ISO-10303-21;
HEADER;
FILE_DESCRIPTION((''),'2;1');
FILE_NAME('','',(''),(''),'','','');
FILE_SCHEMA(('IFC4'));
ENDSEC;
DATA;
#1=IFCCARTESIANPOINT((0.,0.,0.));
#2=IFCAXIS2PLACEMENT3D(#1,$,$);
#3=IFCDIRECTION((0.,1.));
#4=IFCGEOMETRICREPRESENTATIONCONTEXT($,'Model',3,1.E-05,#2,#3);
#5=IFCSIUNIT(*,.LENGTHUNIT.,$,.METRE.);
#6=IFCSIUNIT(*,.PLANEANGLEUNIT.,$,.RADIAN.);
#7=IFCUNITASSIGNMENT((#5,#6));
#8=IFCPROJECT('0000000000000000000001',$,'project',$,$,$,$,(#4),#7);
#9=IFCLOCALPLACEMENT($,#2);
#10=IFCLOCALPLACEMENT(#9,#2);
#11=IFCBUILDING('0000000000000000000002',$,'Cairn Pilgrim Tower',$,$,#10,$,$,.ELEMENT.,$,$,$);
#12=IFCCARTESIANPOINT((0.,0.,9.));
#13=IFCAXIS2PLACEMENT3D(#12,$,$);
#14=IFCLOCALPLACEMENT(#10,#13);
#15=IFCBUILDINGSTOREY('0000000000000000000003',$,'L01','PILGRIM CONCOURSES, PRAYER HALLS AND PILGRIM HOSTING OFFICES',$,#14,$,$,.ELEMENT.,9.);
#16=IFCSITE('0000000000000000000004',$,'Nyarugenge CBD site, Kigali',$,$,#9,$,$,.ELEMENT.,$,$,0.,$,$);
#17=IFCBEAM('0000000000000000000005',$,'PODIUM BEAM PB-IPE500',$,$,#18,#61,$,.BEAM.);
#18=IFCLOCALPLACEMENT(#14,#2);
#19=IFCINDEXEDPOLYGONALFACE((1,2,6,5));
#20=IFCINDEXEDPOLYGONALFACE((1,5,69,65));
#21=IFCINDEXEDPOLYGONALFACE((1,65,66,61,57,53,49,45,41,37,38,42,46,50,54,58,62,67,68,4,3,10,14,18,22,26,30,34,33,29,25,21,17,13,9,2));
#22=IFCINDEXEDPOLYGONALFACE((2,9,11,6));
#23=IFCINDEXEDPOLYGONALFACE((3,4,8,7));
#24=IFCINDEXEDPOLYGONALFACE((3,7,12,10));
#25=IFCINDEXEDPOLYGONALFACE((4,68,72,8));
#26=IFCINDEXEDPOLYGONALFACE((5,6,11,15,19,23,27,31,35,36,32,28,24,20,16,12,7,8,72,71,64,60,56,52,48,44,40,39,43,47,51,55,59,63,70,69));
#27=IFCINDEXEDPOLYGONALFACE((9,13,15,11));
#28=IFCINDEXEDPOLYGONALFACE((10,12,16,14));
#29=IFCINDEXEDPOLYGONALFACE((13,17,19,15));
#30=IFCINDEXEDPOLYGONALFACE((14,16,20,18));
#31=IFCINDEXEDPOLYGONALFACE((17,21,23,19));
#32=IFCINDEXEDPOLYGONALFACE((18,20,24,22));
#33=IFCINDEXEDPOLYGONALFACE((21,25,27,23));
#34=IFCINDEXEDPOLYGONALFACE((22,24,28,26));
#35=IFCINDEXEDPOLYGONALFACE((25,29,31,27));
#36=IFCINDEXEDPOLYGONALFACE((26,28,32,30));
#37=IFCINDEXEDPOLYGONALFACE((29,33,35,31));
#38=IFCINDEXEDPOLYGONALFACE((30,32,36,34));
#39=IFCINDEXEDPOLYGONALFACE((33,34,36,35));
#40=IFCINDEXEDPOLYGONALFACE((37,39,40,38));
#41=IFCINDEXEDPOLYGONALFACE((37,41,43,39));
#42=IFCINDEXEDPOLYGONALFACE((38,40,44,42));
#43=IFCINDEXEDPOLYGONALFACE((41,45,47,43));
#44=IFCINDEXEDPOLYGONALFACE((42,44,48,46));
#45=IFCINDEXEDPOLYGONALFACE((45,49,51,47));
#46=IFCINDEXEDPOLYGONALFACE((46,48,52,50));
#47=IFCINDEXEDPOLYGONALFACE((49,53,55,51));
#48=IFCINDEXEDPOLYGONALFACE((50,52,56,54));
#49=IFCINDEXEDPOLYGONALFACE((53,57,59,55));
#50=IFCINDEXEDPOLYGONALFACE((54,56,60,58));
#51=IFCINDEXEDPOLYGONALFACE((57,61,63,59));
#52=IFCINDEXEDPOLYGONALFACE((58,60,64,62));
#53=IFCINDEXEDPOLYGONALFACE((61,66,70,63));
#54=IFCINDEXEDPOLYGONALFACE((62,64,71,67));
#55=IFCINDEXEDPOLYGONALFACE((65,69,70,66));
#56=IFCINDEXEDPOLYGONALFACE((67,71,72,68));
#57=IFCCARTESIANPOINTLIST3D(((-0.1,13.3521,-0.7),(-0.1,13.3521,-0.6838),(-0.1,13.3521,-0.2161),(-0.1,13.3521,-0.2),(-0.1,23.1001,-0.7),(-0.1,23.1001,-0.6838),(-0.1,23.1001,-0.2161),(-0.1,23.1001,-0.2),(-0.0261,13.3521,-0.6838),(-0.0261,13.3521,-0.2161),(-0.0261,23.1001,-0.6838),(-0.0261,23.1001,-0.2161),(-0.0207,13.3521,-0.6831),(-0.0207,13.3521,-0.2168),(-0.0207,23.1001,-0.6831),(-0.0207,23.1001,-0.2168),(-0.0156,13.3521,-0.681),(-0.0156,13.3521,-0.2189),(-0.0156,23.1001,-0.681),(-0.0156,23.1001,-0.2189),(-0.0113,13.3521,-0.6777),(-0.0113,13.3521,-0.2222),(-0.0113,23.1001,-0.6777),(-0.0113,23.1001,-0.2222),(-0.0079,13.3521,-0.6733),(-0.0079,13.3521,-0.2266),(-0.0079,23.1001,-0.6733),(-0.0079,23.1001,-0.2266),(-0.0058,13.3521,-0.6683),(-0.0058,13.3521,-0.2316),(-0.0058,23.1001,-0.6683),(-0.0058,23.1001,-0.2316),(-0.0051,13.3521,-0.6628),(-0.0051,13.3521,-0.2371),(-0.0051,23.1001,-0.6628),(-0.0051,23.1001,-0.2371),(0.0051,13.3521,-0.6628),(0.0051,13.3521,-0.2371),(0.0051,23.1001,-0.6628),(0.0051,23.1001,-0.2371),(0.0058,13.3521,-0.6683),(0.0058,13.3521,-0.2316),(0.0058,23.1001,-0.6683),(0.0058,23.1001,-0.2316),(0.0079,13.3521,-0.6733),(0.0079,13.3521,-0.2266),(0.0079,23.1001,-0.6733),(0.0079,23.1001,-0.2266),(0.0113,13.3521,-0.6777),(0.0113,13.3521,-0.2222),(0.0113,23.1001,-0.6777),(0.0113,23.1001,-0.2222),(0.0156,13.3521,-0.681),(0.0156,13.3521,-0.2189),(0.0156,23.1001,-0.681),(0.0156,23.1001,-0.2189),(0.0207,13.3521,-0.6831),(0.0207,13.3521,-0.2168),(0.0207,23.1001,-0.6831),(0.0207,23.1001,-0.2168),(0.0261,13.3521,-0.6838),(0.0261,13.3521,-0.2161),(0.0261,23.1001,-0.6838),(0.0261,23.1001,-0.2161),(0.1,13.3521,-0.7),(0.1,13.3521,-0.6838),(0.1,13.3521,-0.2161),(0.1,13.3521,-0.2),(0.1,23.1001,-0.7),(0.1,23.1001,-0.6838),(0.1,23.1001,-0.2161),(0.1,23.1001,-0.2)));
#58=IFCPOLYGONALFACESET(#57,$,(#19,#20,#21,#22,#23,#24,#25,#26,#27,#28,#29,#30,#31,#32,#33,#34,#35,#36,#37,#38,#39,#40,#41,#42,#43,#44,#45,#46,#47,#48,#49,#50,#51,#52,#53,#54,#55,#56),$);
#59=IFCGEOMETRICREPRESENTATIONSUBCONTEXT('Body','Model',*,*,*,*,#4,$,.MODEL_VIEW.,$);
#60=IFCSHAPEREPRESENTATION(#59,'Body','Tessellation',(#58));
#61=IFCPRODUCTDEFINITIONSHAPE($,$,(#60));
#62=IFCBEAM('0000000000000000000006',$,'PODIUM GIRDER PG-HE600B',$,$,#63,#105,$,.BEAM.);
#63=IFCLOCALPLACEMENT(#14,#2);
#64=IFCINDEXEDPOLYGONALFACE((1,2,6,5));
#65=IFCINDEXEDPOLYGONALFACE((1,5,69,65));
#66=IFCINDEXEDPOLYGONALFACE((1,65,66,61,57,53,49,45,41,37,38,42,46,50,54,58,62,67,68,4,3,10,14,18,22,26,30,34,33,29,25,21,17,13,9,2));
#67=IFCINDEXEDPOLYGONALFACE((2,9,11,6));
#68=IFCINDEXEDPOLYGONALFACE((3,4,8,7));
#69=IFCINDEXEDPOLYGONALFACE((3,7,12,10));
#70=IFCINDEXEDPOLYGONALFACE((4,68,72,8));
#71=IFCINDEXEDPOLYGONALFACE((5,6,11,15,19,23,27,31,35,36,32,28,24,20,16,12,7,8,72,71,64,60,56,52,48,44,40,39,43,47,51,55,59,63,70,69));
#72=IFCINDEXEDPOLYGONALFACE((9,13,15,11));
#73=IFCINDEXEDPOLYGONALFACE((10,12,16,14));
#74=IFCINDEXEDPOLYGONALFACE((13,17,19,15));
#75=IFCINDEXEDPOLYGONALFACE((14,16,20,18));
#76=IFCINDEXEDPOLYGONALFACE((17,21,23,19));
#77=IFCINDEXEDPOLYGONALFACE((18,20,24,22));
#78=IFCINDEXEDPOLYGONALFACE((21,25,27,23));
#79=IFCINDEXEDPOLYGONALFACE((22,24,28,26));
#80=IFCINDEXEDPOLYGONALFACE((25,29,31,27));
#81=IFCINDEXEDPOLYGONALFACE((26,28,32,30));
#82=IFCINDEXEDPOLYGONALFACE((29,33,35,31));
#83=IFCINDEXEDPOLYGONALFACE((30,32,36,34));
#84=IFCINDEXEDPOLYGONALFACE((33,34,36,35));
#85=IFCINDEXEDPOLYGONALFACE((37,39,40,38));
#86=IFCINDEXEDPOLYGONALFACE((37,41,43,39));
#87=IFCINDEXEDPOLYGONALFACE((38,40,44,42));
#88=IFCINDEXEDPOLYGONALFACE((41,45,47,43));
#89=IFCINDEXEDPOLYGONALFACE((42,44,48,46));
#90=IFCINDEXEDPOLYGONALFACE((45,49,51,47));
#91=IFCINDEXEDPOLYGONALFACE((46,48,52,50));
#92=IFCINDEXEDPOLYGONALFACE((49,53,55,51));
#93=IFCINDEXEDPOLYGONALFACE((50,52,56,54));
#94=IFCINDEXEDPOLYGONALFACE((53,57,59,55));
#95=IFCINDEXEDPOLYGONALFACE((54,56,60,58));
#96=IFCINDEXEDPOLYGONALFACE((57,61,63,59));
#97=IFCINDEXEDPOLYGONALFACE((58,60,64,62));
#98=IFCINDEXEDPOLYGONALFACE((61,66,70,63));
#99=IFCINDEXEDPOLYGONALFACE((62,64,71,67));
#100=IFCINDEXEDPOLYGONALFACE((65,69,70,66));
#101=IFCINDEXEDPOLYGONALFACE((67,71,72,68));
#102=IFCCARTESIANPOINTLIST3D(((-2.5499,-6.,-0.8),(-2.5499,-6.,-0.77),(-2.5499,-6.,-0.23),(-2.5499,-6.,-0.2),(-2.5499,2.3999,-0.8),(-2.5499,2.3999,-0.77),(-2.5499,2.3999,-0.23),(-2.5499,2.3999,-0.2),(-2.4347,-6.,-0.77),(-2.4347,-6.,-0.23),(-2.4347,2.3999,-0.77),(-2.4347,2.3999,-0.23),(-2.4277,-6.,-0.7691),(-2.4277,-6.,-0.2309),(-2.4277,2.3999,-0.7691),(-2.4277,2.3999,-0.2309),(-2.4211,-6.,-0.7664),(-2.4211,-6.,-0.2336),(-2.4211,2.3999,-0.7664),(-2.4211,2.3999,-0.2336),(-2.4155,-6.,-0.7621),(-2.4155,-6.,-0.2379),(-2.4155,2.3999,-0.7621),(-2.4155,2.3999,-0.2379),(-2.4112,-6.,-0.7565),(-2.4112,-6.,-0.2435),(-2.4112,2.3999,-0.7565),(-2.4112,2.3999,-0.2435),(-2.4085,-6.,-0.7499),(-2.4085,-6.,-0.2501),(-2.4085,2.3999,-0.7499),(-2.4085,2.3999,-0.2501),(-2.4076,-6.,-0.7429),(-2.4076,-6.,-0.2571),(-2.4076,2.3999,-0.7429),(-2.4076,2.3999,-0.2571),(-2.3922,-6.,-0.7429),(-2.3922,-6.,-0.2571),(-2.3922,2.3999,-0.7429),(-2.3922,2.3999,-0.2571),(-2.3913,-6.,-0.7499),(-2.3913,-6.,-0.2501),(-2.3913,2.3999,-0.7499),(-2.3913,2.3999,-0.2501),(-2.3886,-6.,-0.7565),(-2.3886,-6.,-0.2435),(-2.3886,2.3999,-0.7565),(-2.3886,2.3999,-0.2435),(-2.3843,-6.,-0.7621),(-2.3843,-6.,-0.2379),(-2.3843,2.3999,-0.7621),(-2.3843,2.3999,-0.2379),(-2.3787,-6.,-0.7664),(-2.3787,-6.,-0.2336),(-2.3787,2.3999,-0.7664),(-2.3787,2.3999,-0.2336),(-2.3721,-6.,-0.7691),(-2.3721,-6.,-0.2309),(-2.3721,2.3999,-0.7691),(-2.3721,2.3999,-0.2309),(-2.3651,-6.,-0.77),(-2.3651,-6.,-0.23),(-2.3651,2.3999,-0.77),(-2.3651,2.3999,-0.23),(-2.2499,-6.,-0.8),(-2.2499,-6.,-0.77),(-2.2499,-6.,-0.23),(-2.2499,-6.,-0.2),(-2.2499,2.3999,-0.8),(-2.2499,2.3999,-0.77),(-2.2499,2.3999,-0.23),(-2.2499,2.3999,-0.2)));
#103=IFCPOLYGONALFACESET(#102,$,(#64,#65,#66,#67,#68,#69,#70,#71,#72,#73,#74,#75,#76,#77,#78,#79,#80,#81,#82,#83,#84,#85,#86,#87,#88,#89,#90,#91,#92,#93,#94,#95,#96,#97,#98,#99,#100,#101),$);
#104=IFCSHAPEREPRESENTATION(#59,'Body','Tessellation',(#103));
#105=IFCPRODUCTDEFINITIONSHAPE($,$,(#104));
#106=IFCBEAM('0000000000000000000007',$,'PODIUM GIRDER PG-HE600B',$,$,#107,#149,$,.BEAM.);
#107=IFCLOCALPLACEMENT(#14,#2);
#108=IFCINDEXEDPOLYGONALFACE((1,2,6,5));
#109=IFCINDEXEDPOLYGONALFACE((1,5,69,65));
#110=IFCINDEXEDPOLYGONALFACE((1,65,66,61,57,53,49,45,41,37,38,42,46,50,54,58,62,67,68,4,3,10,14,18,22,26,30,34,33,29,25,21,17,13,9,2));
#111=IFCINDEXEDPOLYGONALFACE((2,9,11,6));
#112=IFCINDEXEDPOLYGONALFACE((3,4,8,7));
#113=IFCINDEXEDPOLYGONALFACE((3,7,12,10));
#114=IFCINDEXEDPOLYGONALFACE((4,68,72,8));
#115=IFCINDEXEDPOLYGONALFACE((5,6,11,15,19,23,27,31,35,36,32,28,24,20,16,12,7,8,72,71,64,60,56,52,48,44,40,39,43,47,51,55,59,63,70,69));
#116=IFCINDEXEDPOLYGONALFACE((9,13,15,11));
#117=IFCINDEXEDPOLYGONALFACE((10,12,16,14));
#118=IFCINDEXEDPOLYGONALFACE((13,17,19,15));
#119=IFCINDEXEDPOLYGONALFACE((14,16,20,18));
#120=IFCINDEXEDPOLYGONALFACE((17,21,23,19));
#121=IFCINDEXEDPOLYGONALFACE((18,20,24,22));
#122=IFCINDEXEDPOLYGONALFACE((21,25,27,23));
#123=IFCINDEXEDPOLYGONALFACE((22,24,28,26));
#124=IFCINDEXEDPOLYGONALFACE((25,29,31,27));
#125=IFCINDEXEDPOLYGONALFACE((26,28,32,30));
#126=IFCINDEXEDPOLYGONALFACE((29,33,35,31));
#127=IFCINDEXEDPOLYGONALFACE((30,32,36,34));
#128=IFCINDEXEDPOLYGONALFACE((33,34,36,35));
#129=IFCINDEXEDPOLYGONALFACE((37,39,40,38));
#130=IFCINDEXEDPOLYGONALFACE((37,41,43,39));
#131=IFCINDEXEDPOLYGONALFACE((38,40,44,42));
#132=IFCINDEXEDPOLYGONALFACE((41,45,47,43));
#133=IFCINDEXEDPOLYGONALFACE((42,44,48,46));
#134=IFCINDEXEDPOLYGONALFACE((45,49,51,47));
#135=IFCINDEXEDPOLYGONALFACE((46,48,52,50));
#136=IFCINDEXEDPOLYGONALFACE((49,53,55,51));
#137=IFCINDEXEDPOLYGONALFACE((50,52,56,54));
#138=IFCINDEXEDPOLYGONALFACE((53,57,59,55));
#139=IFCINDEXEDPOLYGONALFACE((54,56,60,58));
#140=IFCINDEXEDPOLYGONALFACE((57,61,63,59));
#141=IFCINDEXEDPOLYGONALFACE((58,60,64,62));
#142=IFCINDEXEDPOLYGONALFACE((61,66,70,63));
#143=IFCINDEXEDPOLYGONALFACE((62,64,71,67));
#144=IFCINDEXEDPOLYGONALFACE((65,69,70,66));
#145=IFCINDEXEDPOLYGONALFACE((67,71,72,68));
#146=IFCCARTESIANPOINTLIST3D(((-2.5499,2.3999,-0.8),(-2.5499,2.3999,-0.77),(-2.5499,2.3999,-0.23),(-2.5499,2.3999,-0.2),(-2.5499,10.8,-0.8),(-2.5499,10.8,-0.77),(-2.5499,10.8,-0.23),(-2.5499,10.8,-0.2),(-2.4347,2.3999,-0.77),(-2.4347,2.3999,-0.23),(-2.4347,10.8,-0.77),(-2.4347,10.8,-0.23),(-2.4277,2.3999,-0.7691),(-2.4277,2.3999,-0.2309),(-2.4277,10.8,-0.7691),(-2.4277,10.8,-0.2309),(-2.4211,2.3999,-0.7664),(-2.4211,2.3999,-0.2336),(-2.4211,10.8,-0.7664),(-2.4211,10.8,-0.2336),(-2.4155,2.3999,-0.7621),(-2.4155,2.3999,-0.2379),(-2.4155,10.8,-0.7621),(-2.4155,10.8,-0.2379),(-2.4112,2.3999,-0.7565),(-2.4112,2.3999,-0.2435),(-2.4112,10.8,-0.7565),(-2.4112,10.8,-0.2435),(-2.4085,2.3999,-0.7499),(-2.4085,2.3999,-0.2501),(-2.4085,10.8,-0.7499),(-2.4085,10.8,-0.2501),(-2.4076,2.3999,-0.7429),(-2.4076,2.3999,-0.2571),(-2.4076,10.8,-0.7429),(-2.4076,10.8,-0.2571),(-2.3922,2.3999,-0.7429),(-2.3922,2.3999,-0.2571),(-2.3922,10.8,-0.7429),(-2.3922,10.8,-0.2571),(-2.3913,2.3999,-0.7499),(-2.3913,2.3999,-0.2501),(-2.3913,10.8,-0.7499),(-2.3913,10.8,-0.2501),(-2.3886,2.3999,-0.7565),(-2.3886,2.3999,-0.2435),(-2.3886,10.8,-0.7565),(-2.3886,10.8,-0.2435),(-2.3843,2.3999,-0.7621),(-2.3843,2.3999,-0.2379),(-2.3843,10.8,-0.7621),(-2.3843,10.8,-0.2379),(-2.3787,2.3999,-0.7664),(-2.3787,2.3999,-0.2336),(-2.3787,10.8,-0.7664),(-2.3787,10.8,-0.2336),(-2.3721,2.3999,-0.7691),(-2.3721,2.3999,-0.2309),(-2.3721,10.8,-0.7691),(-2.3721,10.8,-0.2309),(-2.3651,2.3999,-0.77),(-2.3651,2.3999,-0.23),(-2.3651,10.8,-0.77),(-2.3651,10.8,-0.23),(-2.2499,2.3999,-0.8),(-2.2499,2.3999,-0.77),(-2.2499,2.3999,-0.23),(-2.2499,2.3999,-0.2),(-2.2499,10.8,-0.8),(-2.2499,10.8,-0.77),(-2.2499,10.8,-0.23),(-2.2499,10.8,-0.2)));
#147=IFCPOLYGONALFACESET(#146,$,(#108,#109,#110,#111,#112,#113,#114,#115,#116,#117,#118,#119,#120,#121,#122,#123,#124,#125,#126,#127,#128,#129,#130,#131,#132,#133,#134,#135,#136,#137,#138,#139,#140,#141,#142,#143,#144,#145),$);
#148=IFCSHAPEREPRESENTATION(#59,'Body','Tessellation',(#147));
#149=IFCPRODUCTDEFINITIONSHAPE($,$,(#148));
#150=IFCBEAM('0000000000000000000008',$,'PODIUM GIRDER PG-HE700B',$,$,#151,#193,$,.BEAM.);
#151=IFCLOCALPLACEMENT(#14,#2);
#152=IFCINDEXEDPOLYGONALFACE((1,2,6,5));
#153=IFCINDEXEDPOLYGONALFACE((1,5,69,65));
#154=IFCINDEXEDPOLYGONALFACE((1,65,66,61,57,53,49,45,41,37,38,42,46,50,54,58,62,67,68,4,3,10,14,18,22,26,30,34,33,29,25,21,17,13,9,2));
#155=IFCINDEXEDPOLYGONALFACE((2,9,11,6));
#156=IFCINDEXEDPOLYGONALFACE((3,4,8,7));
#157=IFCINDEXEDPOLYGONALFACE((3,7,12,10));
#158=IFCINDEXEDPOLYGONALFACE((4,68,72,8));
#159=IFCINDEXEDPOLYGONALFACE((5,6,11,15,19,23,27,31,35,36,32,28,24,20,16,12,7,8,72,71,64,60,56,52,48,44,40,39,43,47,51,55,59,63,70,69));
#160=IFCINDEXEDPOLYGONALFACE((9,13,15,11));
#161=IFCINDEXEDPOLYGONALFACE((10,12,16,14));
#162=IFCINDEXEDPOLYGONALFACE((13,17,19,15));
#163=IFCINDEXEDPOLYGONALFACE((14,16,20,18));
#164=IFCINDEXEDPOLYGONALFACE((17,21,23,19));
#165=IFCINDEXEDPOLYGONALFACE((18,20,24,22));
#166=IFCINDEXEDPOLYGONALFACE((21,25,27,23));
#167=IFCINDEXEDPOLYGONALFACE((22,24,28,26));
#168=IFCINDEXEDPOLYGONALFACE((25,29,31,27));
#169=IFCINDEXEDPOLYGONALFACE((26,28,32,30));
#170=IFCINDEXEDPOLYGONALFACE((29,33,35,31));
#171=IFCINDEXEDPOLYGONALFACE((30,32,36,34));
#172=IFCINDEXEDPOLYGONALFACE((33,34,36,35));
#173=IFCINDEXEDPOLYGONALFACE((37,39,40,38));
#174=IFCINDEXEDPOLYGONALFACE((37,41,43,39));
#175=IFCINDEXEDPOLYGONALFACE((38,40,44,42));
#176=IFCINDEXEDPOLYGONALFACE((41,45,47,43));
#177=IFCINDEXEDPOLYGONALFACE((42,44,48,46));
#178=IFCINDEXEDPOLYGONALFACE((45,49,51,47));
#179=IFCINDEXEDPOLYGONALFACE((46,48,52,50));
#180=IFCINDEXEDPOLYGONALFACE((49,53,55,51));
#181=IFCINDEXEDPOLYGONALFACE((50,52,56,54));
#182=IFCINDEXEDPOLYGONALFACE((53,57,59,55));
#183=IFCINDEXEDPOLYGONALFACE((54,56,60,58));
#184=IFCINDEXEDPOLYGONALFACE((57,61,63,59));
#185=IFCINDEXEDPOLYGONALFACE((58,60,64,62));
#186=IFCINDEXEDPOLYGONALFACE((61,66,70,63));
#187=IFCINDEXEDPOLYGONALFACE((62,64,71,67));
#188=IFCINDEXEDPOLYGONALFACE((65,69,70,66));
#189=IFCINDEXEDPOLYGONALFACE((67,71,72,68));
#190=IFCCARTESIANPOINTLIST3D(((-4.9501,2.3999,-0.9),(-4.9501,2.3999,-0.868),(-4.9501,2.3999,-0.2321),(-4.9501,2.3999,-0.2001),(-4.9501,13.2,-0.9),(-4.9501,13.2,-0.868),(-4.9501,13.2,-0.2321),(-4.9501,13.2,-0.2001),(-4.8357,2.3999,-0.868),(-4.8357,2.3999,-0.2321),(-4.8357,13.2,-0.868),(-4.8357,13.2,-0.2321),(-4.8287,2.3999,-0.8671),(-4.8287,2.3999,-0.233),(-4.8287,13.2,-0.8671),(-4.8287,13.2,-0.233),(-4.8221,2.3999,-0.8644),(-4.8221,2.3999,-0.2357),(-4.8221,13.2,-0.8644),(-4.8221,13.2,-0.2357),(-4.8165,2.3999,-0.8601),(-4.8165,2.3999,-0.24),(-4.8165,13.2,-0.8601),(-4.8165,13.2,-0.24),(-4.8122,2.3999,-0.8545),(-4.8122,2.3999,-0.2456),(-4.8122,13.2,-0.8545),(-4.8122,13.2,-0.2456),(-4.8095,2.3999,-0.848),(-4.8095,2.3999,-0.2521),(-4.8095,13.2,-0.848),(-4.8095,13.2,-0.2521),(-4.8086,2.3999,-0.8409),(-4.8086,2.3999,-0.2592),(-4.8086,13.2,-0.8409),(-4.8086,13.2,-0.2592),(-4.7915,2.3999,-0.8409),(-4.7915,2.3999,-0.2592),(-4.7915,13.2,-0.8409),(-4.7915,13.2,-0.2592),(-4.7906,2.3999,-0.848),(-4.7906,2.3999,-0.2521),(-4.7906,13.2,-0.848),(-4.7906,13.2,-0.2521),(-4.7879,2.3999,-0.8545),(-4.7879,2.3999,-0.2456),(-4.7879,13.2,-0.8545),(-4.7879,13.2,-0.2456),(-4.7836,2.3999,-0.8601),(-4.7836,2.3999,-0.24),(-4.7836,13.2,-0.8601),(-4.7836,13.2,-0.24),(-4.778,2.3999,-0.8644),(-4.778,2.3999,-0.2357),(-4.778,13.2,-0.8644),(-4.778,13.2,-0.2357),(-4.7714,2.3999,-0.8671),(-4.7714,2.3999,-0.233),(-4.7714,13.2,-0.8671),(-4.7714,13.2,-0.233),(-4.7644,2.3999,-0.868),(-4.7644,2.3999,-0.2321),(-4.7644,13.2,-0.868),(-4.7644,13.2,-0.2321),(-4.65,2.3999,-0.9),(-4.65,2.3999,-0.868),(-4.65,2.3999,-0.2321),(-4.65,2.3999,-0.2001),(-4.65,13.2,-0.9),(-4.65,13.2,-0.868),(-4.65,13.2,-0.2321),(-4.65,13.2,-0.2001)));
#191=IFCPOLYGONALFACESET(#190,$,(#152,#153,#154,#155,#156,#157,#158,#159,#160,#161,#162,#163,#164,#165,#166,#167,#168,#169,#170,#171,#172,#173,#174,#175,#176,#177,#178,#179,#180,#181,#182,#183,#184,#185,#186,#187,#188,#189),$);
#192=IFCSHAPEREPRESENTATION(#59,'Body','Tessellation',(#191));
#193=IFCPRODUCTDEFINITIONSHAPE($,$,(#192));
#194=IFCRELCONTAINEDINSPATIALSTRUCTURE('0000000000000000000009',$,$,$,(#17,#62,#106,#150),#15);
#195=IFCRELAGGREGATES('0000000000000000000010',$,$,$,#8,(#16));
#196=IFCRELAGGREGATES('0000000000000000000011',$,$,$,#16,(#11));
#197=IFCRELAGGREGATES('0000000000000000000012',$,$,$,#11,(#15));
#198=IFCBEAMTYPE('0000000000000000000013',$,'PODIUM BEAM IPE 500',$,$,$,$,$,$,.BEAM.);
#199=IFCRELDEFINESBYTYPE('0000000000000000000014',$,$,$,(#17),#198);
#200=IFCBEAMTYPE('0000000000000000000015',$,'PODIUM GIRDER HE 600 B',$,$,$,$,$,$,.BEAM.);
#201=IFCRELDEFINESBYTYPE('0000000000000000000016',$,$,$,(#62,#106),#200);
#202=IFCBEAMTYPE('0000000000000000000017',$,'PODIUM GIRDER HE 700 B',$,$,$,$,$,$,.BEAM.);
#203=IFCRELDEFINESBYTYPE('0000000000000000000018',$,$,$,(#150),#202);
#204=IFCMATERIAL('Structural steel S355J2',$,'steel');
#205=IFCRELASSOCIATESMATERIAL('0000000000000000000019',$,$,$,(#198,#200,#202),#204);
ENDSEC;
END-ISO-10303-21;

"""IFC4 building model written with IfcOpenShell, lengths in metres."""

from ifc_helpers import new_model, si_unit, direction, frame, origin, origin_2d, place, context, subcontext, project, spatial, i_section, extrude, material, material_profile, profile_set, type_object, element, save


model = new_model("IFC4")

# Units and contexts
model_context = context("Model", 3, precision=1e-05, world=origin(), true_north=direction((0.0, 1.0)))
body_context = subcontext(model_context, "Body", "Model", "MODEL_VIEW")
ifc_project = project(units=[si_unit("LENGTHUNIT", "METRE"), si_unit("PLANEANGLEUNIT", "RADIAN")], contexts=[model_context])

# Site, building, storey
site_placement = place(None, origin())
site = spatial("IfcSite", under=ifc_project, at=site_placement, Name="Nyarugenge CBD site, Kigali", CompositionType="ELEMENT", RefElevation=0.0)
building_placement = place(site_placement, origin())
building = spatial("IfcBuilding", under=site, at=building_placement, Name="Cairn Pilgrim Tower", CompositionType="ELEMENT")
storey_placement = place(building_placement, frame((0.0, 0.0, 9.0)))
storey = spatial("IfcBuildingStorey", under=building, at=storey_placement, Name="L01", Description="PILGRIM CONCOURSES, PRAYER HALLS AND PILGRIM HOSTING OFFICES", CompositionType="ELEMENT", Elevation=9.0)

# Beams
ifc_material_1 = material(Name="Structural steel S355J2", Category="steel")
ifc_material_profile_1 = material_profile(ifc_material_1, i_section(OverallWidth=0.2, OverallDepth=0.5, WebThickness=0.0103, FlangeThickness=0.0161, FilletRadius=0.021, at=origin_2d()), Name="IPE 500")
ifc_profile_set_1 = profile_set([ifc_material_profile_1], Name="Structural steel S355J2")
beam_type_1 = type_object("IfcBeamType", Name="PODIUM BEAM IPE 500", PredefinedType="BEAM", material=ifc_profile_set_1)
for number, where, z_axis, x_axis, name in (
    (1, (0.0, 13.3521, -0.45), (0.0, 1.0, 0.0), (-1.0, 0.0, 0.0), "PODIUM BEAM PB-IPE500"),
):
    element("IfcBeam", number, at=place(storey_placement, frame(where, z_axis=z_axis, x_axis=x_axis)), inside=storey, type_object=beam_type_1, Name=name, PredefinedType="BEAM", context=body_context, shape_type="SweptSolid", body=[
        extrude(i_section(OverallWidth=0.2, OverallDepth=0.5, WebThickness=0.0103, FlangeThickness=0.0161, FilletRadius=0.021, at=origin_2d()), origin(), (0.0, 0.0, 1.0), 9.748),
    ])
ifc_material_profile_2 = material_profile(ifc_material_1, i_section(OverallWidth=0.3, OverallDepth=0.6001, WebThickness=0.0154, FlangeThickness=0.03, FilletRadius=0.0271, at=origin_2d()), Name="HEB 600")
ifc_profile_set_2 = profile_set([ifc_material_profile_2], Name="Structural steel S355J2")
beam_type_2 = type_object("IfcBeamType", Name="PODIUM GIRDER HE 600 B", PredefinedType="BEAM", material=ifc_profile_set_2)
beam_1_placement = place(storey_placement, frame((-2.3999, 2.3999, -0.5), z_axis=(0.0, -1.0, 0.0), x_axis=(1.0, 0.0, 0.0)))
element("IfcBeam", 2, at=beam_1_placement, inside=storey, type_object=beam_type_2, Name="PODIUM GIRDER PG-HE600B", PredefinedType="BEAM", context=body_context, shape_type="SweptSolid", body=[
    extrude(i_section(OverallWidth=0.3, OverallDepth=0.6001, WebThickness=0.0154, FlangeThickness=0.03, FilletRadius=0.0271, at=origin_2d()), origin(), (0.0, 0.0, 1.0), 8.3999),
])
beam_2_placement = place(storey_placement, frame((-2.3999, 10.8, -0.5), z_axis=(0.0, -1.0, 0.0), x_axis=(1.0, 0.0, 0.0)))
element("IfcBeam", 3, at=beam_2_placement, inside=storey, type_object=beam_type_2, Name="PODIUM GIRDER PG-HE600B", PredefinedType="BEAM", context=body_context, shape_type="SweptSolid", body=[
    extrude(i_section(OverallWidth=0.3, OverallDepth=0.6001, WebThickness=0.0154, FlangeThickness=0.03, FilletRadius=0.0271, at=origin_2d()), origin(), (0.0, 0.0, 1.0), 8.4001),
])
ifc_material_profile_3 = material_profile(ifc_material_1, i_section(OverallWidth=0.3, OverallDepth=0.7, WebThickness=0.0171, FlangeThickness=0.032, FilletRadius=0.0271, at=origin_2d()), Name="HEB 700")
ifc_profile_set_3 = profile_set([ifc_material_profile_3], Name="Structural steel S355J2")
beam_type_3 = type_object("IfcBeamType", Name="PODIUM GIRDER HE 700 B", PredefinedType="BEAM", material=ifc_profile_set_3)
beam_3_placement = place(storey_placement, frame((-4.8, 13.2, -0.55), z_axis=(0.0, -1.0, 0.0), x_axis=(1.0, 0.0, 0.0)))
element("IfcBeam", 4, at=beam_3_placement, inside=storey, type_object=beam_type_3, Name="PODIUM GIRDER PG-HE700B", PredefinedType="BEAM", context=body_context, shape_type="SweptSolid", body=[
    extrude(i_section(OverallWidth=0.3, OverallDepth=0.7, WebThickness=0.0171, FlangeThickness=0.032, FilletRadius=0.0271, at=origin_2d()), origin(), (0.0, 0.0, 1.0), 10.8),
])

save(model, "model.ifc")
